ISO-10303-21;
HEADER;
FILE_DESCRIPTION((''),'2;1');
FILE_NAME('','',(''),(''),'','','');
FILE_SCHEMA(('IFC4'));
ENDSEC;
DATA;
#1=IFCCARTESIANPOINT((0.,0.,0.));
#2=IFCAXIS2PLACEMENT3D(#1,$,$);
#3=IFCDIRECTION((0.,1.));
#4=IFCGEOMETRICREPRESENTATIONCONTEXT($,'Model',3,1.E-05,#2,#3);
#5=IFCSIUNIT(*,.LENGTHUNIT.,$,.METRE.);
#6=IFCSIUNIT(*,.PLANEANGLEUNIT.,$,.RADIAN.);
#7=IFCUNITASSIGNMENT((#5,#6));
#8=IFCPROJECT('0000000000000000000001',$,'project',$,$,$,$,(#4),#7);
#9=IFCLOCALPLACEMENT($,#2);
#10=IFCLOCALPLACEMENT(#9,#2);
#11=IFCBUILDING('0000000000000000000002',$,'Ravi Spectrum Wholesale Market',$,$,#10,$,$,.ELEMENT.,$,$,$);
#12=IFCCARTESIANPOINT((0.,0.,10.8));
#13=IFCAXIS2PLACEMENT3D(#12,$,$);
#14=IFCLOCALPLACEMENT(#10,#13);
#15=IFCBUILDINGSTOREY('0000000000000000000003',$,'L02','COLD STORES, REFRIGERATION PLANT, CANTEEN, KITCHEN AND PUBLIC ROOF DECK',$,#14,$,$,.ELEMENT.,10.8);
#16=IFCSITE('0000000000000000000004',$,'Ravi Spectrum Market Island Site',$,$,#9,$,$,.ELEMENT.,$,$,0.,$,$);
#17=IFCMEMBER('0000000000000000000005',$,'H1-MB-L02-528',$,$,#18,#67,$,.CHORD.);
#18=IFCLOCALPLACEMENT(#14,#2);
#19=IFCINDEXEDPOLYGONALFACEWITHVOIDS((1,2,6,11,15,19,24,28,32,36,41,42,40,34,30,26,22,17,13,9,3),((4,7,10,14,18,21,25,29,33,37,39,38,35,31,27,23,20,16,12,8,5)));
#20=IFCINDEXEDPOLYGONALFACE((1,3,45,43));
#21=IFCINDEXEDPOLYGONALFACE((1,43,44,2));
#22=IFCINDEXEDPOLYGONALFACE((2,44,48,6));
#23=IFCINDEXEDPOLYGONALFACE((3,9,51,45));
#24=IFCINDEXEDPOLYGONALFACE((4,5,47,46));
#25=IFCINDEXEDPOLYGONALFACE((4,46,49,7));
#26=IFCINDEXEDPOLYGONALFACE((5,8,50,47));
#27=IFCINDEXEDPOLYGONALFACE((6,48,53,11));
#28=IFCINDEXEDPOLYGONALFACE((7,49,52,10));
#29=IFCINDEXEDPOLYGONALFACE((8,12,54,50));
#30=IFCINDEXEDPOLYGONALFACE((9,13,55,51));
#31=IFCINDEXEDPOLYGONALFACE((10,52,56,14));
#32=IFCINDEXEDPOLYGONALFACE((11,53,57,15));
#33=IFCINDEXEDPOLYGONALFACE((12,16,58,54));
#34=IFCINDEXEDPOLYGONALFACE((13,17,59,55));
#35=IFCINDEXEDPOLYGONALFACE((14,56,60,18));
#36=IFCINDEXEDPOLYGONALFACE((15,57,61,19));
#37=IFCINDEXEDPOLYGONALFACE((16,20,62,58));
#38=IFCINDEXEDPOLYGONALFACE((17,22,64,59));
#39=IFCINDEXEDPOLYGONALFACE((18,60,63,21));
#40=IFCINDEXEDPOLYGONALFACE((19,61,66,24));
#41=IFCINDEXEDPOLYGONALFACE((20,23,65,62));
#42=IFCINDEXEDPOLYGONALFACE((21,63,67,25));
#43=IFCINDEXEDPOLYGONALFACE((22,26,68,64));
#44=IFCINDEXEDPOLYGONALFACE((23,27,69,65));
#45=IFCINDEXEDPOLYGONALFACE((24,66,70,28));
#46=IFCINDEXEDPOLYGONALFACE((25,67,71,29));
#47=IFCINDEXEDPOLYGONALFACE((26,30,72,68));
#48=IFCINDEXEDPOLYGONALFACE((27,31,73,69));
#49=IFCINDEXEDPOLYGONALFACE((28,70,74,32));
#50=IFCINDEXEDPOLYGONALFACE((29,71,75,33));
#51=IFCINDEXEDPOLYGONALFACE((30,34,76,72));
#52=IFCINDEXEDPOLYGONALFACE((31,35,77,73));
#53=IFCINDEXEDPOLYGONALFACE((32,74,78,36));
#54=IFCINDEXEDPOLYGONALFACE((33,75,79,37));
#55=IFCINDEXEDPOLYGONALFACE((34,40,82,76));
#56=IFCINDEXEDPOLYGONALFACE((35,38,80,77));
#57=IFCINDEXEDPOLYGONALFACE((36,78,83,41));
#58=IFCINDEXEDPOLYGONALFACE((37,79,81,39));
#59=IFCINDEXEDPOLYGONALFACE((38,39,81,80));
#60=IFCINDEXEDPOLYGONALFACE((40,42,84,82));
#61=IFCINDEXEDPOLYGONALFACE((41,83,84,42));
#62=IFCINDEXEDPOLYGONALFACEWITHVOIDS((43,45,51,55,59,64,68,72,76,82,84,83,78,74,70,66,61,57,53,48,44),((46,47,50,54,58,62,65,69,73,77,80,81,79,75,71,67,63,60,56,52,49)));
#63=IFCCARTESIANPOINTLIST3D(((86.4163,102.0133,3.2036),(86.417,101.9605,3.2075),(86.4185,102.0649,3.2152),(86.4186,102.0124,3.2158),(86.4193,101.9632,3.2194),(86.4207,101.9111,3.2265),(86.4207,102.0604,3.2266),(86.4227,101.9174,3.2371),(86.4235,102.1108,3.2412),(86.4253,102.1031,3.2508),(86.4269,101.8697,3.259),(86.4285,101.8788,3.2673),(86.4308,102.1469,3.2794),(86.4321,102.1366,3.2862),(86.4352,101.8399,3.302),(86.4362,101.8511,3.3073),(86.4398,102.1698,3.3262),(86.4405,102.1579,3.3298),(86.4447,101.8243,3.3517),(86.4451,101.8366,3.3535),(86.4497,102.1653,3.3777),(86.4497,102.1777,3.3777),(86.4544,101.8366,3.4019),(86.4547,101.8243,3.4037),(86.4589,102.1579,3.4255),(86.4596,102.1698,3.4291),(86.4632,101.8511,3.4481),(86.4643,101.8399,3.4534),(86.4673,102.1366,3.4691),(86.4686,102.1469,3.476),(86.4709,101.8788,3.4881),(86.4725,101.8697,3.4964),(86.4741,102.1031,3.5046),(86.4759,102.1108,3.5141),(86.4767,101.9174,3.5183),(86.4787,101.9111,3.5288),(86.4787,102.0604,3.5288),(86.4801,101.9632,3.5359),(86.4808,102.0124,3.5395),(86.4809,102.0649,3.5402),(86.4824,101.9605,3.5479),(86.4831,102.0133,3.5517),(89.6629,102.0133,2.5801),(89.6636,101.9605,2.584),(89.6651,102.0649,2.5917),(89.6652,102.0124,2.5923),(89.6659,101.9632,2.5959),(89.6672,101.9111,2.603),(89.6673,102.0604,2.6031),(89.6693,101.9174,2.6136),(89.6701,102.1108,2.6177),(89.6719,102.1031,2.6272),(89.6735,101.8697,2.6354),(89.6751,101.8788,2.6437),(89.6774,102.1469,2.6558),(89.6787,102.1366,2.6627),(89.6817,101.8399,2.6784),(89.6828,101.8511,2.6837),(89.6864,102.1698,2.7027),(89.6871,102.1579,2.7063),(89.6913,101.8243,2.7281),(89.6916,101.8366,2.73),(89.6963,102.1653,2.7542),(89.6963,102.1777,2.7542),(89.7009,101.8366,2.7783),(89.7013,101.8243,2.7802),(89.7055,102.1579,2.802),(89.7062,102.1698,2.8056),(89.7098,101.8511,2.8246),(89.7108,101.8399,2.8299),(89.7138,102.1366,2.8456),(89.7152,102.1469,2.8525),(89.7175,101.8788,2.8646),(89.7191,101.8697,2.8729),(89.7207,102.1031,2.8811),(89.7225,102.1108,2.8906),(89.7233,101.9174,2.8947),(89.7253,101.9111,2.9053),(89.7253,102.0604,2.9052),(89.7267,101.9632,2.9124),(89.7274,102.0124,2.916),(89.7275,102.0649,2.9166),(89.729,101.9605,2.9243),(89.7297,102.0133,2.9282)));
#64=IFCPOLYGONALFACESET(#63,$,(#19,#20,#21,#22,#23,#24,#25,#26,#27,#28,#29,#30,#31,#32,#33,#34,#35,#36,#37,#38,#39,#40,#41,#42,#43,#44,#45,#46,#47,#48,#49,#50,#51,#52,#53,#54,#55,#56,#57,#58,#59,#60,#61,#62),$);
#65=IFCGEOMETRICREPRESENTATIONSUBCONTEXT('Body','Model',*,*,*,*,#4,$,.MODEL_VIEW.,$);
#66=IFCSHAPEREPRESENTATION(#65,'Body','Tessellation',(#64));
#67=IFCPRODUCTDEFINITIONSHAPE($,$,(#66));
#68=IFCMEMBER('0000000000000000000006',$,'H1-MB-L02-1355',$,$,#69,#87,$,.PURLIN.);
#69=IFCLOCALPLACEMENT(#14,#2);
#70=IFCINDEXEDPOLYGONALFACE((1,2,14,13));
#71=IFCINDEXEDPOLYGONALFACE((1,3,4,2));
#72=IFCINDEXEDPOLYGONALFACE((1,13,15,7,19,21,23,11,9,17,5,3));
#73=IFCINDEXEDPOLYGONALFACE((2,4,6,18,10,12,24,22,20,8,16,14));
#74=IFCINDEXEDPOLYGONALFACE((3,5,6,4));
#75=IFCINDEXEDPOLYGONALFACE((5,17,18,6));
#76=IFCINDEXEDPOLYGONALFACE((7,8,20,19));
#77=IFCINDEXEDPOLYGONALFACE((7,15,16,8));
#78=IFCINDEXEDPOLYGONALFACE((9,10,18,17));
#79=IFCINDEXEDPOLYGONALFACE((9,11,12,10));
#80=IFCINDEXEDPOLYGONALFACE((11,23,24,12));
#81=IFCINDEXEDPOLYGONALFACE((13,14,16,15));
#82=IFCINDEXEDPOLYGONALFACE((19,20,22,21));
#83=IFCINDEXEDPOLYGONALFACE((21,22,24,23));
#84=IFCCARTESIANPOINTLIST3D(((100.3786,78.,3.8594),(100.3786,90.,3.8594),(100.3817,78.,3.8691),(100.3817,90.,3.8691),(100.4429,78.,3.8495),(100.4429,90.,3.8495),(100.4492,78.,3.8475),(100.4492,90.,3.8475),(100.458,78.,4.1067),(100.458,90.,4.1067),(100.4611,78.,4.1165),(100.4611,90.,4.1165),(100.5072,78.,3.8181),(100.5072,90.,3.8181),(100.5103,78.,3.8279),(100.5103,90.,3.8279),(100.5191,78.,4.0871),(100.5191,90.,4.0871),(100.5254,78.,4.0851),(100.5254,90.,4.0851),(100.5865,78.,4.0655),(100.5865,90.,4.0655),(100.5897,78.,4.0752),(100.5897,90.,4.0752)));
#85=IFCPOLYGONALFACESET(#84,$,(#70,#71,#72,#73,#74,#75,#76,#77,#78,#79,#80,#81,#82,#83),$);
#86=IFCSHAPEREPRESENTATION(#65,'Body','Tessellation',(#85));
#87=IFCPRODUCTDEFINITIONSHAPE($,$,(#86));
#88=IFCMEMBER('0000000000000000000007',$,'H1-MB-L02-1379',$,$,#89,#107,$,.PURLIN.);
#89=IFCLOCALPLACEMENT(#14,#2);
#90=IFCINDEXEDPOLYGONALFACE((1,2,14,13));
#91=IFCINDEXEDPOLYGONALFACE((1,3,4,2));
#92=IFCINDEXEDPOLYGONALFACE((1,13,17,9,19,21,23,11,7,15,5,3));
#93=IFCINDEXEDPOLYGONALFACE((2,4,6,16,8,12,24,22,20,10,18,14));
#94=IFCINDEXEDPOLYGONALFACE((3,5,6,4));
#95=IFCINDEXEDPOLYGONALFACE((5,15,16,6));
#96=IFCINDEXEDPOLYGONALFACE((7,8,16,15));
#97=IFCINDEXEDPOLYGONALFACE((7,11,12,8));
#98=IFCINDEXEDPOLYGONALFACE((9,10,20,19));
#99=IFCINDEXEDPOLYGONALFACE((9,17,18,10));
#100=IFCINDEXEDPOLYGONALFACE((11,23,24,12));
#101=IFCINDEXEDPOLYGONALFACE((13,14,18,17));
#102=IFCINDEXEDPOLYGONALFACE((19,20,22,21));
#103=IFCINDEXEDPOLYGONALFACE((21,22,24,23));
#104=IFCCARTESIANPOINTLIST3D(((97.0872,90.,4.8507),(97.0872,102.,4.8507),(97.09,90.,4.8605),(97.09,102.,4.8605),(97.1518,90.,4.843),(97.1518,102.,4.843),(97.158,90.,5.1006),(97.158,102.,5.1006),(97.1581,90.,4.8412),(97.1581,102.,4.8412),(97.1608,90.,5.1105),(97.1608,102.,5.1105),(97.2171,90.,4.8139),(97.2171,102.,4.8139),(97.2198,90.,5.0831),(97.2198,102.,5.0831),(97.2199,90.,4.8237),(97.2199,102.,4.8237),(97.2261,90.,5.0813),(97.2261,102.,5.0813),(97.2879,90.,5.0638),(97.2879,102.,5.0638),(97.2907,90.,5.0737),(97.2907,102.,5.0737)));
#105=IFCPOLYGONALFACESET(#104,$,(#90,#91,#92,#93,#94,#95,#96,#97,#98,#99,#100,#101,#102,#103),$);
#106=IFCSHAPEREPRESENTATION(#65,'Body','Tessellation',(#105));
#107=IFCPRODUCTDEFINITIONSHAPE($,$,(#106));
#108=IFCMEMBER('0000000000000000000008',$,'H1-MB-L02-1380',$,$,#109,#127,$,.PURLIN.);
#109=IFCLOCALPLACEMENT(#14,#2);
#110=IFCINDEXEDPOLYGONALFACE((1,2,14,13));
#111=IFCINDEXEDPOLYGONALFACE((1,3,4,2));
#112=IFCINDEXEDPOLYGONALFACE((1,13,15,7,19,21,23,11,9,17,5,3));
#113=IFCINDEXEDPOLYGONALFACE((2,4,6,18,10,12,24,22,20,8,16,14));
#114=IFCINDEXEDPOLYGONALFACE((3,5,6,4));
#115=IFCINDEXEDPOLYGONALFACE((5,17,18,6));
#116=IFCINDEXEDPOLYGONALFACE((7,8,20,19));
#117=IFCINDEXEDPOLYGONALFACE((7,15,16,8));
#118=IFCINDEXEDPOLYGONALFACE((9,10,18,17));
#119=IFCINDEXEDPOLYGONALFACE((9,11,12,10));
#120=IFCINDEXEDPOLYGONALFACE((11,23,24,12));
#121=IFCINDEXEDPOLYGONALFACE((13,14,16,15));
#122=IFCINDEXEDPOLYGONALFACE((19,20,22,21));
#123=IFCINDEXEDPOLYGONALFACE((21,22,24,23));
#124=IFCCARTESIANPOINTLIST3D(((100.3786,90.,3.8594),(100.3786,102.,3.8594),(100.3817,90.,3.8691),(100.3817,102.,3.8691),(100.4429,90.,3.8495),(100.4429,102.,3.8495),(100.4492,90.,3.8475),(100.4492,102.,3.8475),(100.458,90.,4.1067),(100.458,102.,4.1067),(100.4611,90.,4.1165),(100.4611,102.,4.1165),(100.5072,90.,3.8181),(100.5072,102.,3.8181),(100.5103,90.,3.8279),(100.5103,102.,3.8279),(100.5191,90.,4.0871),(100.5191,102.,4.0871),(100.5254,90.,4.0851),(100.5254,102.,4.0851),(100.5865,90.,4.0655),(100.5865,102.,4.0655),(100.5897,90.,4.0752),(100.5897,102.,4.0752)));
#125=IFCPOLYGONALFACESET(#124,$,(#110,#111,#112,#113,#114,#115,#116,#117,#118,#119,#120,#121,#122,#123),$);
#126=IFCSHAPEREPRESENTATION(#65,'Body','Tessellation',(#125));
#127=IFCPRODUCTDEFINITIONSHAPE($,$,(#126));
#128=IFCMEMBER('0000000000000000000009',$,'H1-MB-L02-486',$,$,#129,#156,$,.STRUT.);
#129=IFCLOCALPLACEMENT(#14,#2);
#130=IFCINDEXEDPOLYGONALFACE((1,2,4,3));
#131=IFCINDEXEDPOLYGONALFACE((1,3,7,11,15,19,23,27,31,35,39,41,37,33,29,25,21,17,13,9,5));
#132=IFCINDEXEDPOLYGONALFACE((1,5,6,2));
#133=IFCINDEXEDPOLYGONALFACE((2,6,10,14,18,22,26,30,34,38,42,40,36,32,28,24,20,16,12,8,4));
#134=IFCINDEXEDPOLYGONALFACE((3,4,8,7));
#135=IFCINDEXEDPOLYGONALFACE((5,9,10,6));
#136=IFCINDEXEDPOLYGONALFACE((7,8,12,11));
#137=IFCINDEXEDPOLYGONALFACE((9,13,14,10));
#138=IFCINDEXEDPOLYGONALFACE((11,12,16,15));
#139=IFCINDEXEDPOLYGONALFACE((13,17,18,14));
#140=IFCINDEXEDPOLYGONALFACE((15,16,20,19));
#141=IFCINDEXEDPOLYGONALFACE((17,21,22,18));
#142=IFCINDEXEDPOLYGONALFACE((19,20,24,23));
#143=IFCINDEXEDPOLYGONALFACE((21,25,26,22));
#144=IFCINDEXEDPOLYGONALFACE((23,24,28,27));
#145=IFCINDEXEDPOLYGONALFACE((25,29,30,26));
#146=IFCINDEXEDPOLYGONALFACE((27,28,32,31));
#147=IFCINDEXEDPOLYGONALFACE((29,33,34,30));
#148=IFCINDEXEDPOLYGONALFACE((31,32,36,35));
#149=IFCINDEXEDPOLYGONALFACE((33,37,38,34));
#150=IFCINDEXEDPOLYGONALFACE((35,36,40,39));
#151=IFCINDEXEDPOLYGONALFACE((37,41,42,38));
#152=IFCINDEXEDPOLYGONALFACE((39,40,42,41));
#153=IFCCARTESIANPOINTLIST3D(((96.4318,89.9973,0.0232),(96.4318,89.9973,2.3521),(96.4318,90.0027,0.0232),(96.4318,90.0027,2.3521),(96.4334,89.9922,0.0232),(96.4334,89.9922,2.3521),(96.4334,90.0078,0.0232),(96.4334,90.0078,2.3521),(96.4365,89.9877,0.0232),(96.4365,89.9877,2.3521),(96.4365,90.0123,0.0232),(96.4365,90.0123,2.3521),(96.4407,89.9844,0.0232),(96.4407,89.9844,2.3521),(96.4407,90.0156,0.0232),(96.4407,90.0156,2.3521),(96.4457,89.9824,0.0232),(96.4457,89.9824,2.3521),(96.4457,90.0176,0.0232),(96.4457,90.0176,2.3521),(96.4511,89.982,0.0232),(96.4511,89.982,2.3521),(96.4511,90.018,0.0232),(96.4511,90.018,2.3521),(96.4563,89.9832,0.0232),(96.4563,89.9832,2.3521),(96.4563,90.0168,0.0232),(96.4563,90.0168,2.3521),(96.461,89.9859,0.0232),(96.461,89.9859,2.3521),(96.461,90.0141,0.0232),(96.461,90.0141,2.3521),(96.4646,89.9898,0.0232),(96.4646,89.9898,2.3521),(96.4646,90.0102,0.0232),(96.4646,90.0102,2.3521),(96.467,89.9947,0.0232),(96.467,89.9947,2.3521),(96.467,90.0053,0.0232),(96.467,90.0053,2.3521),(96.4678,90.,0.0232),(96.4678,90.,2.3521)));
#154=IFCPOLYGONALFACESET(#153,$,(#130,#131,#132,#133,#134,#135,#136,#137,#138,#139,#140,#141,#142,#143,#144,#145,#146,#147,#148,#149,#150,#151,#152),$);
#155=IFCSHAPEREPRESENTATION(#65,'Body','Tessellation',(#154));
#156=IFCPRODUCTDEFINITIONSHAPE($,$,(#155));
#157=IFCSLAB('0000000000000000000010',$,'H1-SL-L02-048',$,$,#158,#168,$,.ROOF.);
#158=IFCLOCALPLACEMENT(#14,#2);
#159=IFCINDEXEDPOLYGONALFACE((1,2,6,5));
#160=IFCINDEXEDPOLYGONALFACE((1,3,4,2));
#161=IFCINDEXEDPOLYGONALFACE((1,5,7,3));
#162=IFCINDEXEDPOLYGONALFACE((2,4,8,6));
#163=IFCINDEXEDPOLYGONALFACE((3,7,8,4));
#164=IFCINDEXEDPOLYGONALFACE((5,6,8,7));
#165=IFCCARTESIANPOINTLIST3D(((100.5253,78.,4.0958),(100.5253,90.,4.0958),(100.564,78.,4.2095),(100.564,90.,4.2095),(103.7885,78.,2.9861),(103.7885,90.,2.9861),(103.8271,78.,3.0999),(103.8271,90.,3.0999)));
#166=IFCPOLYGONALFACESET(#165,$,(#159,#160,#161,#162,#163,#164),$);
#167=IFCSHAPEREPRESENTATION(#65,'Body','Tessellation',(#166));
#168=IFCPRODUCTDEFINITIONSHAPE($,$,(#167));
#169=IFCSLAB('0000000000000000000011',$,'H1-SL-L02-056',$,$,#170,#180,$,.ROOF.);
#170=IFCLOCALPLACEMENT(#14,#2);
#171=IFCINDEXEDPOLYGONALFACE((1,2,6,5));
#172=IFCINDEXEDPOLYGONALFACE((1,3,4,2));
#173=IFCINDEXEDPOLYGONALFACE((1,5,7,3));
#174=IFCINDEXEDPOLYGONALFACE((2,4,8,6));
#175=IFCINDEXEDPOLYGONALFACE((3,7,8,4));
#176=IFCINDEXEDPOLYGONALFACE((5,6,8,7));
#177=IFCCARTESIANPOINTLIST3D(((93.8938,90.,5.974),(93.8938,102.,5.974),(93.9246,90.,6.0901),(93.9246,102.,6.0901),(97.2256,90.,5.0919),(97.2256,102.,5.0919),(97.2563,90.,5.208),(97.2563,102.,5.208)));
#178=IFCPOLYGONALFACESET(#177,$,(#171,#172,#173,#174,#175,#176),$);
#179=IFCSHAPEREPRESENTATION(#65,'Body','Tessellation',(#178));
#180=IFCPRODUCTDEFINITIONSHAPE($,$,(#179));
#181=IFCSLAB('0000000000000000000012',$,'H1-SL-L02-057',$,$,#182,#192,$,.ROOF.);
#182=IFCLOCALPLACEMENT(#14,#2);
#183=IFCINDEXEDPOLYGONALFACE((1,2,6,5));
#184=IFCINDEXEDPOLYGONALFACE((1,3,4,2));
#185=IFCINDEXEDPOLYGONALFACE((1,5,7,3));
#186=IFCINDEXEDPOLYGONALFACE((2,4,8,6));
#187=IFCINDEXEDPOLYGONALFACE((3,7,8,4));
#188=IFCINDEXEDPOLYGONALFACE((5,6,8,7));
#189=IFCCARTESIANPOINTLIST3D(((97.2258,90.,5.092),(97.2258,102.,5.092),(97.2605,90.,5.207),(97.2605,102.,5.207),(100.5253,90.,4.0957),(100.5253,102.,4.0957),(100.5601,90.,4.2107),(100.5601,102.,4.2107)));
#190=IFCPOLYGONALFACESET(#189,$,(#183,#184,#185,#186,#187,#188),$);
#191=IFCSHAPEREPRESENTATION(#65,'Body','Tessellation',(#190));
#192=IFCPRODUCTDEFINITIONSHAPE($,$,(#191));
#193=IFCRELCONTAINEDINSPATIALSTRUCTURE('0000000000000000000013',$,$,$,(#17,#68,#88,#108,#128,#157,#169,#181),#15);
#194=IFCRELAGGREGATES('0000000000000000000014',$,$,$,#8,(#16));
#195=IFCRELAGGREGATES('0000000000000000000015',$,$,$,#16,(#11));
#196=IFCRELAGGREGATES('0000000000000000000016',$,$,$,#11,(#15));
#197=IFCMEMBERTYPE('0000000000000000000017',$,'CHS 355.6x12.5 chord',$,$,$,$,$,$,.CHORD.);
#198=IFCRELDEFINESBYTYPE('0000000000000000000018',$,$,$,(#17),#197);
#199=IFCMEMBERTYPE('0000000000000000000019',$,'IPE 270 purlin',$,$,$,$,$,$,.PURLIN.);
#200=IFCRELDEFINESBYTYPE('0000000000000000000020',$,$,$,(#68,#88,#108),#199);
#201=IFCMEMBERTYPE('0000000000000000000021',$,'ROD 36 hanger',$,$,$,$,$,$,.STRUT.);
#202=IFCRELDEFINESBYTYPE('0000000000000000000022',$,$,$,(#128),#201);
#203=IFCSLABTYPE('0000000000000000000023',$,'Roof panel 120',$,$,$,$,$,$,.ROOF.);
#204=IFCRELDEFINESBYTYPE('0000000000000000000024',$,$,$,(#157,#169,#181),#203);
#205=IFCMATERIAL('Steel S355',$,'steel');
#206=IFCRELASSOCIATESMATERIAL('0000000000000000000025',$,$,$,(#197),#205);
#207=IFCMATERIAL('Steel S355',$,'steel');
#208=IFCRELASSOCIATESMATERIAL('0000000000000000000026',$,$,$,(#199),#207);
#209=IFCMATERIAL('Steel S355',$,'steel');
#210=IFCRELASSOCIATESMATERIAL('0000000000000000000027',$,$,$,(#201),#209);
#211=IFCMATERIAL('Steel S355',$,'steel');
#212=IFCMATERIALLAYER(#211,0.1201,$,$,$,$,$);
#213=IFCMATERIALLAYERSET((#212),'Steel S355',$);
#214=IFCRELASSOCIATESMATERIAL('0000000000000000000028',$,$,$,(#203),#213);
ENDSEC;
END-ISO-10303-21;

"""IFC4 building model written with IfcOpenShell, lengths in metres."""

from ifc_helpers import new_model, si_unit, direction, frame, origin, origin_2d, place, context, subcontext, project, spatial, polyline, circle, hollow_circle, i_section, outline, extrude, material, layer, layer_set, material_profile, profile_set, type_object, element, save


model = new_model("IFC4")

# Units and contexts
model_context = context("Model", 3, precision=1e-05, world=origin(), true_north=direction((0.0, 1.0)))
body_context = subcontext(model_context, "Body", "Model", "MODEL_VIEW")
ifc_project = project(units=[si_unit("LENGTHUNIT", "METRE"), si_unit("PLANEANGLEUNIT", "RADIAN")], contexts=[model_context])

# Site, building, storey
site_placement = place(None, origin())
site = spatial("IfcSite", under=ifc_project, at=site_placement, Name="Ravi Spectrum Market Island Site", CompositionType="ELEMENT", RefElevation=0.0)
building_placement = place(site_placement, origin())
building = spatial("IfcBuilding", under=site, at=building_placement, Name="Ravi Spectrum Wholesale Market", CompositionType="ELEMENT")
storey_placement = place(building_placement, frame((0.0, 0.0, 10.8)))
storey = spatial("IfcBuildingStorey", under=building, at=storey_placement, Name="L02", Description="COLD STORES, REFRIGERATION PLANT, CANTEEN, KITCHEN AND PUBLIC ROOF DECK", CompositionType="ELEMENT", Elevation=10.8)

# Members
ifc_material_1 = material(Name="Steel S355", Category="steel")
ifc_material_profile_1 = material_profile(ifc_material_1, hollow_circle(Radius=0.1777, WallThickness=0.0125, at=origin_2d()))
ifc_profile_set_1 = profile_set([ifc_material_profile_1], Name="Steel S355")
member_type_1 = type_object("IfcMemberType", Name="CHS 355.6x12.5 chord", PredefinedType="CHORD", material=ifc_profile_set_1)
member_1_placement = place(storey_placement, frame((86.4497, 102.0, 3.3777), z_axis=(0.982052, 0.0, -0.188612), x_axis=(0.0, 1.0, 0.0)))
element("IfcMember", 1, at=member_1_placement, inside=storey, type_object=member_type_1, Name="H1-MB-L02-528", PredefinedType="CHORD", context=body_context, shape_type="SweptSolid", body=[
    extrude(hollow_circle(Radius=0.1777, WallThickness=0.0125, at=origin_2d()), origin(), (0.0, 0.0, 1.0), 3.3059),
])
ifc_material_2 = material(Name="Steel S355", Category="steel")
ifc_material_profile_2 = material_profile(ifc_material_2, i_section(OverallWidth=0.135, OverallDepth=0.27, WebThickness=0.0066, FlangeThickness=0.0103, at=origin_2d()))
ifc_profile_set_2 = profile_set([ifc_material_profile_2], Name="Steel S355")
member_type_2 = type_object("IfcMemberType", Name="IPE 270 purlin", PredefinedType="PURLIN", material=ifc_profile_set_2)
for number, where, z_axis, x_axis, name in (
    (2, (100.4841, 78.0, 3.9673), (0.0, 1.0, 0.0), (-0.952184, 0.0, 0.305524), "H1-MB-L02-1355"),
    (3, (97.189, 90.0, 4.9622), (0.0, 1.0, 0.0), (-0.962156, 0.0, 0.272499), "H1-MB-L02-1379"),
    (4, (100.4841, 90.0, 3.9673), (0.0, 1.0, 0.0), (-0.952184, 0.0, 0.305524), "H1-MB-L02-1380"),
):
    element("IfcMember", number, at=place(storey_placement, frame(where, z_axis=z_axis, x_axis=x_axis)), inside=storey, type_object=member_type_2, Name=name, PredefinedType="PURLIN", context=body_context, shape_type="SweptSolid", body=[
        extrude(i_section(OverallWidth=0.135, OverallDepth=0.27, WebThickness=0.0066, FlangeThickness=0.0103, at=origin_2d()), origin(), (0.0, 0.0, 1.0), 12.0),
    ])
ifc_material_3 = material(Name="Steel S355", Category="steel")
ifc_material_profile_3 = material_profile(ifc_material_3, circle(Radius=0.0181, at=origin_2d()))
ifc_profile_set_3 = profile_set([ifc_material_profile_3], Name="Steel S355")
member_type_3 = type_object("IfcMemberType", Name="ROD 36 hanger", PredefinedType="STRUT", material=ifc_profile_set_3)
member_2_placement = place(storey_placement, frame((96.4497, 90.0, 0.0232), z_axis=(0.0, 0.0, 1.0), x_axis=(1.0, 0.0, 0.0)))
element("IfcMember", 5, at=member_2_placement, inside=storey, type_object=member_type_3, Name="H1-MB-L02-486", PredefinedType="STRUT", context=body_context, shape_type="SweptSolid", body=[
    extrude(circle(Radius=0.0181, at=origin_2d()), origin(), (0.0, 0.0, 1.0), 2.3289),
])

# Slabs
ifc_material_4 = material(Name="Steel S355", Category="steel")
ifc_layer_1 = layer(ifc_material_4, 0.1201)
ifc_layer_set_1 = layer_set([ifc_layer_1], Name="Steel S355")
slab_type = type_object("IfcSlabType", Name="Roof panel 120", PredefinedType="ROOF", material=ifc_layer_set_1)
slab_1_placement = place(storey_placement, frame((100.564, 78.0, 4.2095), z_axis=(0.321938, 0.0, 0.946761), x_axis=(0.946761, 0.0, -0.321938)))
element("IfcSlab", 6, at=slab_1_placement, inside=storey, type_object=slab_type, Name="H1-SL-L02-048", PredefinedType="ROOF", context=body_context, shape_type="SweptSolid", body=[
    extrude(outline(polyline([(0.0, 0.0), (3.4467, 0.0), (3.4467, 12.0), (0.0, 12.0), (0.0, 0.0)])), origin(), (0.0, 0.0, -1.0), 0.1201),
])
slab_2_placement = place(storey_placement, frame((93.9246, 90.0, 6.0901), z_axis=(0.25593, 0.0, 0.966695), x_axis=(0.966695, 0.0, -0.25593)))
element("IfcSlab", 7, at=slab_2_placement, inside=storey, type_object=slab_type, Name="H1-SL-L02-056", PredefinedType="ROOF", context=body_context, shape_type="SweptSolid", body=[
    extrude(outline(polyline([(0.0, 0.0), (3.4466, 0.0), (3.4466, 12.0), (0.0, 12.0), (0.0, 0.0)])), origin(), (0.0, 0.0, -1.0), 0.1201),
])
slab_3_placement = place(storey_placement, frame((97.2605, 90.0, 5.207), z_axis=(0.28907, 0.0, 0.957308), x_axis=(0.957308, 0.0, -0.28907)))
element("IfcSlab", 8, at=slab_3_placement, inside=storey, type_object=slab_type, Name="H1-SL-L02-057", PredefinedType="ROOF", context=body_context, shape_type="SweptSolid", body=[
    extrude(outline(polyline([(0.0, 0.0), (3.4467, 0.0), (3.4467, 12.0), (0.0, 12.0), (0.0, 0.0)])), origin(), (0.0, 0.0, -1.0), 0.1201),
])

save(model, "model.ifc")
